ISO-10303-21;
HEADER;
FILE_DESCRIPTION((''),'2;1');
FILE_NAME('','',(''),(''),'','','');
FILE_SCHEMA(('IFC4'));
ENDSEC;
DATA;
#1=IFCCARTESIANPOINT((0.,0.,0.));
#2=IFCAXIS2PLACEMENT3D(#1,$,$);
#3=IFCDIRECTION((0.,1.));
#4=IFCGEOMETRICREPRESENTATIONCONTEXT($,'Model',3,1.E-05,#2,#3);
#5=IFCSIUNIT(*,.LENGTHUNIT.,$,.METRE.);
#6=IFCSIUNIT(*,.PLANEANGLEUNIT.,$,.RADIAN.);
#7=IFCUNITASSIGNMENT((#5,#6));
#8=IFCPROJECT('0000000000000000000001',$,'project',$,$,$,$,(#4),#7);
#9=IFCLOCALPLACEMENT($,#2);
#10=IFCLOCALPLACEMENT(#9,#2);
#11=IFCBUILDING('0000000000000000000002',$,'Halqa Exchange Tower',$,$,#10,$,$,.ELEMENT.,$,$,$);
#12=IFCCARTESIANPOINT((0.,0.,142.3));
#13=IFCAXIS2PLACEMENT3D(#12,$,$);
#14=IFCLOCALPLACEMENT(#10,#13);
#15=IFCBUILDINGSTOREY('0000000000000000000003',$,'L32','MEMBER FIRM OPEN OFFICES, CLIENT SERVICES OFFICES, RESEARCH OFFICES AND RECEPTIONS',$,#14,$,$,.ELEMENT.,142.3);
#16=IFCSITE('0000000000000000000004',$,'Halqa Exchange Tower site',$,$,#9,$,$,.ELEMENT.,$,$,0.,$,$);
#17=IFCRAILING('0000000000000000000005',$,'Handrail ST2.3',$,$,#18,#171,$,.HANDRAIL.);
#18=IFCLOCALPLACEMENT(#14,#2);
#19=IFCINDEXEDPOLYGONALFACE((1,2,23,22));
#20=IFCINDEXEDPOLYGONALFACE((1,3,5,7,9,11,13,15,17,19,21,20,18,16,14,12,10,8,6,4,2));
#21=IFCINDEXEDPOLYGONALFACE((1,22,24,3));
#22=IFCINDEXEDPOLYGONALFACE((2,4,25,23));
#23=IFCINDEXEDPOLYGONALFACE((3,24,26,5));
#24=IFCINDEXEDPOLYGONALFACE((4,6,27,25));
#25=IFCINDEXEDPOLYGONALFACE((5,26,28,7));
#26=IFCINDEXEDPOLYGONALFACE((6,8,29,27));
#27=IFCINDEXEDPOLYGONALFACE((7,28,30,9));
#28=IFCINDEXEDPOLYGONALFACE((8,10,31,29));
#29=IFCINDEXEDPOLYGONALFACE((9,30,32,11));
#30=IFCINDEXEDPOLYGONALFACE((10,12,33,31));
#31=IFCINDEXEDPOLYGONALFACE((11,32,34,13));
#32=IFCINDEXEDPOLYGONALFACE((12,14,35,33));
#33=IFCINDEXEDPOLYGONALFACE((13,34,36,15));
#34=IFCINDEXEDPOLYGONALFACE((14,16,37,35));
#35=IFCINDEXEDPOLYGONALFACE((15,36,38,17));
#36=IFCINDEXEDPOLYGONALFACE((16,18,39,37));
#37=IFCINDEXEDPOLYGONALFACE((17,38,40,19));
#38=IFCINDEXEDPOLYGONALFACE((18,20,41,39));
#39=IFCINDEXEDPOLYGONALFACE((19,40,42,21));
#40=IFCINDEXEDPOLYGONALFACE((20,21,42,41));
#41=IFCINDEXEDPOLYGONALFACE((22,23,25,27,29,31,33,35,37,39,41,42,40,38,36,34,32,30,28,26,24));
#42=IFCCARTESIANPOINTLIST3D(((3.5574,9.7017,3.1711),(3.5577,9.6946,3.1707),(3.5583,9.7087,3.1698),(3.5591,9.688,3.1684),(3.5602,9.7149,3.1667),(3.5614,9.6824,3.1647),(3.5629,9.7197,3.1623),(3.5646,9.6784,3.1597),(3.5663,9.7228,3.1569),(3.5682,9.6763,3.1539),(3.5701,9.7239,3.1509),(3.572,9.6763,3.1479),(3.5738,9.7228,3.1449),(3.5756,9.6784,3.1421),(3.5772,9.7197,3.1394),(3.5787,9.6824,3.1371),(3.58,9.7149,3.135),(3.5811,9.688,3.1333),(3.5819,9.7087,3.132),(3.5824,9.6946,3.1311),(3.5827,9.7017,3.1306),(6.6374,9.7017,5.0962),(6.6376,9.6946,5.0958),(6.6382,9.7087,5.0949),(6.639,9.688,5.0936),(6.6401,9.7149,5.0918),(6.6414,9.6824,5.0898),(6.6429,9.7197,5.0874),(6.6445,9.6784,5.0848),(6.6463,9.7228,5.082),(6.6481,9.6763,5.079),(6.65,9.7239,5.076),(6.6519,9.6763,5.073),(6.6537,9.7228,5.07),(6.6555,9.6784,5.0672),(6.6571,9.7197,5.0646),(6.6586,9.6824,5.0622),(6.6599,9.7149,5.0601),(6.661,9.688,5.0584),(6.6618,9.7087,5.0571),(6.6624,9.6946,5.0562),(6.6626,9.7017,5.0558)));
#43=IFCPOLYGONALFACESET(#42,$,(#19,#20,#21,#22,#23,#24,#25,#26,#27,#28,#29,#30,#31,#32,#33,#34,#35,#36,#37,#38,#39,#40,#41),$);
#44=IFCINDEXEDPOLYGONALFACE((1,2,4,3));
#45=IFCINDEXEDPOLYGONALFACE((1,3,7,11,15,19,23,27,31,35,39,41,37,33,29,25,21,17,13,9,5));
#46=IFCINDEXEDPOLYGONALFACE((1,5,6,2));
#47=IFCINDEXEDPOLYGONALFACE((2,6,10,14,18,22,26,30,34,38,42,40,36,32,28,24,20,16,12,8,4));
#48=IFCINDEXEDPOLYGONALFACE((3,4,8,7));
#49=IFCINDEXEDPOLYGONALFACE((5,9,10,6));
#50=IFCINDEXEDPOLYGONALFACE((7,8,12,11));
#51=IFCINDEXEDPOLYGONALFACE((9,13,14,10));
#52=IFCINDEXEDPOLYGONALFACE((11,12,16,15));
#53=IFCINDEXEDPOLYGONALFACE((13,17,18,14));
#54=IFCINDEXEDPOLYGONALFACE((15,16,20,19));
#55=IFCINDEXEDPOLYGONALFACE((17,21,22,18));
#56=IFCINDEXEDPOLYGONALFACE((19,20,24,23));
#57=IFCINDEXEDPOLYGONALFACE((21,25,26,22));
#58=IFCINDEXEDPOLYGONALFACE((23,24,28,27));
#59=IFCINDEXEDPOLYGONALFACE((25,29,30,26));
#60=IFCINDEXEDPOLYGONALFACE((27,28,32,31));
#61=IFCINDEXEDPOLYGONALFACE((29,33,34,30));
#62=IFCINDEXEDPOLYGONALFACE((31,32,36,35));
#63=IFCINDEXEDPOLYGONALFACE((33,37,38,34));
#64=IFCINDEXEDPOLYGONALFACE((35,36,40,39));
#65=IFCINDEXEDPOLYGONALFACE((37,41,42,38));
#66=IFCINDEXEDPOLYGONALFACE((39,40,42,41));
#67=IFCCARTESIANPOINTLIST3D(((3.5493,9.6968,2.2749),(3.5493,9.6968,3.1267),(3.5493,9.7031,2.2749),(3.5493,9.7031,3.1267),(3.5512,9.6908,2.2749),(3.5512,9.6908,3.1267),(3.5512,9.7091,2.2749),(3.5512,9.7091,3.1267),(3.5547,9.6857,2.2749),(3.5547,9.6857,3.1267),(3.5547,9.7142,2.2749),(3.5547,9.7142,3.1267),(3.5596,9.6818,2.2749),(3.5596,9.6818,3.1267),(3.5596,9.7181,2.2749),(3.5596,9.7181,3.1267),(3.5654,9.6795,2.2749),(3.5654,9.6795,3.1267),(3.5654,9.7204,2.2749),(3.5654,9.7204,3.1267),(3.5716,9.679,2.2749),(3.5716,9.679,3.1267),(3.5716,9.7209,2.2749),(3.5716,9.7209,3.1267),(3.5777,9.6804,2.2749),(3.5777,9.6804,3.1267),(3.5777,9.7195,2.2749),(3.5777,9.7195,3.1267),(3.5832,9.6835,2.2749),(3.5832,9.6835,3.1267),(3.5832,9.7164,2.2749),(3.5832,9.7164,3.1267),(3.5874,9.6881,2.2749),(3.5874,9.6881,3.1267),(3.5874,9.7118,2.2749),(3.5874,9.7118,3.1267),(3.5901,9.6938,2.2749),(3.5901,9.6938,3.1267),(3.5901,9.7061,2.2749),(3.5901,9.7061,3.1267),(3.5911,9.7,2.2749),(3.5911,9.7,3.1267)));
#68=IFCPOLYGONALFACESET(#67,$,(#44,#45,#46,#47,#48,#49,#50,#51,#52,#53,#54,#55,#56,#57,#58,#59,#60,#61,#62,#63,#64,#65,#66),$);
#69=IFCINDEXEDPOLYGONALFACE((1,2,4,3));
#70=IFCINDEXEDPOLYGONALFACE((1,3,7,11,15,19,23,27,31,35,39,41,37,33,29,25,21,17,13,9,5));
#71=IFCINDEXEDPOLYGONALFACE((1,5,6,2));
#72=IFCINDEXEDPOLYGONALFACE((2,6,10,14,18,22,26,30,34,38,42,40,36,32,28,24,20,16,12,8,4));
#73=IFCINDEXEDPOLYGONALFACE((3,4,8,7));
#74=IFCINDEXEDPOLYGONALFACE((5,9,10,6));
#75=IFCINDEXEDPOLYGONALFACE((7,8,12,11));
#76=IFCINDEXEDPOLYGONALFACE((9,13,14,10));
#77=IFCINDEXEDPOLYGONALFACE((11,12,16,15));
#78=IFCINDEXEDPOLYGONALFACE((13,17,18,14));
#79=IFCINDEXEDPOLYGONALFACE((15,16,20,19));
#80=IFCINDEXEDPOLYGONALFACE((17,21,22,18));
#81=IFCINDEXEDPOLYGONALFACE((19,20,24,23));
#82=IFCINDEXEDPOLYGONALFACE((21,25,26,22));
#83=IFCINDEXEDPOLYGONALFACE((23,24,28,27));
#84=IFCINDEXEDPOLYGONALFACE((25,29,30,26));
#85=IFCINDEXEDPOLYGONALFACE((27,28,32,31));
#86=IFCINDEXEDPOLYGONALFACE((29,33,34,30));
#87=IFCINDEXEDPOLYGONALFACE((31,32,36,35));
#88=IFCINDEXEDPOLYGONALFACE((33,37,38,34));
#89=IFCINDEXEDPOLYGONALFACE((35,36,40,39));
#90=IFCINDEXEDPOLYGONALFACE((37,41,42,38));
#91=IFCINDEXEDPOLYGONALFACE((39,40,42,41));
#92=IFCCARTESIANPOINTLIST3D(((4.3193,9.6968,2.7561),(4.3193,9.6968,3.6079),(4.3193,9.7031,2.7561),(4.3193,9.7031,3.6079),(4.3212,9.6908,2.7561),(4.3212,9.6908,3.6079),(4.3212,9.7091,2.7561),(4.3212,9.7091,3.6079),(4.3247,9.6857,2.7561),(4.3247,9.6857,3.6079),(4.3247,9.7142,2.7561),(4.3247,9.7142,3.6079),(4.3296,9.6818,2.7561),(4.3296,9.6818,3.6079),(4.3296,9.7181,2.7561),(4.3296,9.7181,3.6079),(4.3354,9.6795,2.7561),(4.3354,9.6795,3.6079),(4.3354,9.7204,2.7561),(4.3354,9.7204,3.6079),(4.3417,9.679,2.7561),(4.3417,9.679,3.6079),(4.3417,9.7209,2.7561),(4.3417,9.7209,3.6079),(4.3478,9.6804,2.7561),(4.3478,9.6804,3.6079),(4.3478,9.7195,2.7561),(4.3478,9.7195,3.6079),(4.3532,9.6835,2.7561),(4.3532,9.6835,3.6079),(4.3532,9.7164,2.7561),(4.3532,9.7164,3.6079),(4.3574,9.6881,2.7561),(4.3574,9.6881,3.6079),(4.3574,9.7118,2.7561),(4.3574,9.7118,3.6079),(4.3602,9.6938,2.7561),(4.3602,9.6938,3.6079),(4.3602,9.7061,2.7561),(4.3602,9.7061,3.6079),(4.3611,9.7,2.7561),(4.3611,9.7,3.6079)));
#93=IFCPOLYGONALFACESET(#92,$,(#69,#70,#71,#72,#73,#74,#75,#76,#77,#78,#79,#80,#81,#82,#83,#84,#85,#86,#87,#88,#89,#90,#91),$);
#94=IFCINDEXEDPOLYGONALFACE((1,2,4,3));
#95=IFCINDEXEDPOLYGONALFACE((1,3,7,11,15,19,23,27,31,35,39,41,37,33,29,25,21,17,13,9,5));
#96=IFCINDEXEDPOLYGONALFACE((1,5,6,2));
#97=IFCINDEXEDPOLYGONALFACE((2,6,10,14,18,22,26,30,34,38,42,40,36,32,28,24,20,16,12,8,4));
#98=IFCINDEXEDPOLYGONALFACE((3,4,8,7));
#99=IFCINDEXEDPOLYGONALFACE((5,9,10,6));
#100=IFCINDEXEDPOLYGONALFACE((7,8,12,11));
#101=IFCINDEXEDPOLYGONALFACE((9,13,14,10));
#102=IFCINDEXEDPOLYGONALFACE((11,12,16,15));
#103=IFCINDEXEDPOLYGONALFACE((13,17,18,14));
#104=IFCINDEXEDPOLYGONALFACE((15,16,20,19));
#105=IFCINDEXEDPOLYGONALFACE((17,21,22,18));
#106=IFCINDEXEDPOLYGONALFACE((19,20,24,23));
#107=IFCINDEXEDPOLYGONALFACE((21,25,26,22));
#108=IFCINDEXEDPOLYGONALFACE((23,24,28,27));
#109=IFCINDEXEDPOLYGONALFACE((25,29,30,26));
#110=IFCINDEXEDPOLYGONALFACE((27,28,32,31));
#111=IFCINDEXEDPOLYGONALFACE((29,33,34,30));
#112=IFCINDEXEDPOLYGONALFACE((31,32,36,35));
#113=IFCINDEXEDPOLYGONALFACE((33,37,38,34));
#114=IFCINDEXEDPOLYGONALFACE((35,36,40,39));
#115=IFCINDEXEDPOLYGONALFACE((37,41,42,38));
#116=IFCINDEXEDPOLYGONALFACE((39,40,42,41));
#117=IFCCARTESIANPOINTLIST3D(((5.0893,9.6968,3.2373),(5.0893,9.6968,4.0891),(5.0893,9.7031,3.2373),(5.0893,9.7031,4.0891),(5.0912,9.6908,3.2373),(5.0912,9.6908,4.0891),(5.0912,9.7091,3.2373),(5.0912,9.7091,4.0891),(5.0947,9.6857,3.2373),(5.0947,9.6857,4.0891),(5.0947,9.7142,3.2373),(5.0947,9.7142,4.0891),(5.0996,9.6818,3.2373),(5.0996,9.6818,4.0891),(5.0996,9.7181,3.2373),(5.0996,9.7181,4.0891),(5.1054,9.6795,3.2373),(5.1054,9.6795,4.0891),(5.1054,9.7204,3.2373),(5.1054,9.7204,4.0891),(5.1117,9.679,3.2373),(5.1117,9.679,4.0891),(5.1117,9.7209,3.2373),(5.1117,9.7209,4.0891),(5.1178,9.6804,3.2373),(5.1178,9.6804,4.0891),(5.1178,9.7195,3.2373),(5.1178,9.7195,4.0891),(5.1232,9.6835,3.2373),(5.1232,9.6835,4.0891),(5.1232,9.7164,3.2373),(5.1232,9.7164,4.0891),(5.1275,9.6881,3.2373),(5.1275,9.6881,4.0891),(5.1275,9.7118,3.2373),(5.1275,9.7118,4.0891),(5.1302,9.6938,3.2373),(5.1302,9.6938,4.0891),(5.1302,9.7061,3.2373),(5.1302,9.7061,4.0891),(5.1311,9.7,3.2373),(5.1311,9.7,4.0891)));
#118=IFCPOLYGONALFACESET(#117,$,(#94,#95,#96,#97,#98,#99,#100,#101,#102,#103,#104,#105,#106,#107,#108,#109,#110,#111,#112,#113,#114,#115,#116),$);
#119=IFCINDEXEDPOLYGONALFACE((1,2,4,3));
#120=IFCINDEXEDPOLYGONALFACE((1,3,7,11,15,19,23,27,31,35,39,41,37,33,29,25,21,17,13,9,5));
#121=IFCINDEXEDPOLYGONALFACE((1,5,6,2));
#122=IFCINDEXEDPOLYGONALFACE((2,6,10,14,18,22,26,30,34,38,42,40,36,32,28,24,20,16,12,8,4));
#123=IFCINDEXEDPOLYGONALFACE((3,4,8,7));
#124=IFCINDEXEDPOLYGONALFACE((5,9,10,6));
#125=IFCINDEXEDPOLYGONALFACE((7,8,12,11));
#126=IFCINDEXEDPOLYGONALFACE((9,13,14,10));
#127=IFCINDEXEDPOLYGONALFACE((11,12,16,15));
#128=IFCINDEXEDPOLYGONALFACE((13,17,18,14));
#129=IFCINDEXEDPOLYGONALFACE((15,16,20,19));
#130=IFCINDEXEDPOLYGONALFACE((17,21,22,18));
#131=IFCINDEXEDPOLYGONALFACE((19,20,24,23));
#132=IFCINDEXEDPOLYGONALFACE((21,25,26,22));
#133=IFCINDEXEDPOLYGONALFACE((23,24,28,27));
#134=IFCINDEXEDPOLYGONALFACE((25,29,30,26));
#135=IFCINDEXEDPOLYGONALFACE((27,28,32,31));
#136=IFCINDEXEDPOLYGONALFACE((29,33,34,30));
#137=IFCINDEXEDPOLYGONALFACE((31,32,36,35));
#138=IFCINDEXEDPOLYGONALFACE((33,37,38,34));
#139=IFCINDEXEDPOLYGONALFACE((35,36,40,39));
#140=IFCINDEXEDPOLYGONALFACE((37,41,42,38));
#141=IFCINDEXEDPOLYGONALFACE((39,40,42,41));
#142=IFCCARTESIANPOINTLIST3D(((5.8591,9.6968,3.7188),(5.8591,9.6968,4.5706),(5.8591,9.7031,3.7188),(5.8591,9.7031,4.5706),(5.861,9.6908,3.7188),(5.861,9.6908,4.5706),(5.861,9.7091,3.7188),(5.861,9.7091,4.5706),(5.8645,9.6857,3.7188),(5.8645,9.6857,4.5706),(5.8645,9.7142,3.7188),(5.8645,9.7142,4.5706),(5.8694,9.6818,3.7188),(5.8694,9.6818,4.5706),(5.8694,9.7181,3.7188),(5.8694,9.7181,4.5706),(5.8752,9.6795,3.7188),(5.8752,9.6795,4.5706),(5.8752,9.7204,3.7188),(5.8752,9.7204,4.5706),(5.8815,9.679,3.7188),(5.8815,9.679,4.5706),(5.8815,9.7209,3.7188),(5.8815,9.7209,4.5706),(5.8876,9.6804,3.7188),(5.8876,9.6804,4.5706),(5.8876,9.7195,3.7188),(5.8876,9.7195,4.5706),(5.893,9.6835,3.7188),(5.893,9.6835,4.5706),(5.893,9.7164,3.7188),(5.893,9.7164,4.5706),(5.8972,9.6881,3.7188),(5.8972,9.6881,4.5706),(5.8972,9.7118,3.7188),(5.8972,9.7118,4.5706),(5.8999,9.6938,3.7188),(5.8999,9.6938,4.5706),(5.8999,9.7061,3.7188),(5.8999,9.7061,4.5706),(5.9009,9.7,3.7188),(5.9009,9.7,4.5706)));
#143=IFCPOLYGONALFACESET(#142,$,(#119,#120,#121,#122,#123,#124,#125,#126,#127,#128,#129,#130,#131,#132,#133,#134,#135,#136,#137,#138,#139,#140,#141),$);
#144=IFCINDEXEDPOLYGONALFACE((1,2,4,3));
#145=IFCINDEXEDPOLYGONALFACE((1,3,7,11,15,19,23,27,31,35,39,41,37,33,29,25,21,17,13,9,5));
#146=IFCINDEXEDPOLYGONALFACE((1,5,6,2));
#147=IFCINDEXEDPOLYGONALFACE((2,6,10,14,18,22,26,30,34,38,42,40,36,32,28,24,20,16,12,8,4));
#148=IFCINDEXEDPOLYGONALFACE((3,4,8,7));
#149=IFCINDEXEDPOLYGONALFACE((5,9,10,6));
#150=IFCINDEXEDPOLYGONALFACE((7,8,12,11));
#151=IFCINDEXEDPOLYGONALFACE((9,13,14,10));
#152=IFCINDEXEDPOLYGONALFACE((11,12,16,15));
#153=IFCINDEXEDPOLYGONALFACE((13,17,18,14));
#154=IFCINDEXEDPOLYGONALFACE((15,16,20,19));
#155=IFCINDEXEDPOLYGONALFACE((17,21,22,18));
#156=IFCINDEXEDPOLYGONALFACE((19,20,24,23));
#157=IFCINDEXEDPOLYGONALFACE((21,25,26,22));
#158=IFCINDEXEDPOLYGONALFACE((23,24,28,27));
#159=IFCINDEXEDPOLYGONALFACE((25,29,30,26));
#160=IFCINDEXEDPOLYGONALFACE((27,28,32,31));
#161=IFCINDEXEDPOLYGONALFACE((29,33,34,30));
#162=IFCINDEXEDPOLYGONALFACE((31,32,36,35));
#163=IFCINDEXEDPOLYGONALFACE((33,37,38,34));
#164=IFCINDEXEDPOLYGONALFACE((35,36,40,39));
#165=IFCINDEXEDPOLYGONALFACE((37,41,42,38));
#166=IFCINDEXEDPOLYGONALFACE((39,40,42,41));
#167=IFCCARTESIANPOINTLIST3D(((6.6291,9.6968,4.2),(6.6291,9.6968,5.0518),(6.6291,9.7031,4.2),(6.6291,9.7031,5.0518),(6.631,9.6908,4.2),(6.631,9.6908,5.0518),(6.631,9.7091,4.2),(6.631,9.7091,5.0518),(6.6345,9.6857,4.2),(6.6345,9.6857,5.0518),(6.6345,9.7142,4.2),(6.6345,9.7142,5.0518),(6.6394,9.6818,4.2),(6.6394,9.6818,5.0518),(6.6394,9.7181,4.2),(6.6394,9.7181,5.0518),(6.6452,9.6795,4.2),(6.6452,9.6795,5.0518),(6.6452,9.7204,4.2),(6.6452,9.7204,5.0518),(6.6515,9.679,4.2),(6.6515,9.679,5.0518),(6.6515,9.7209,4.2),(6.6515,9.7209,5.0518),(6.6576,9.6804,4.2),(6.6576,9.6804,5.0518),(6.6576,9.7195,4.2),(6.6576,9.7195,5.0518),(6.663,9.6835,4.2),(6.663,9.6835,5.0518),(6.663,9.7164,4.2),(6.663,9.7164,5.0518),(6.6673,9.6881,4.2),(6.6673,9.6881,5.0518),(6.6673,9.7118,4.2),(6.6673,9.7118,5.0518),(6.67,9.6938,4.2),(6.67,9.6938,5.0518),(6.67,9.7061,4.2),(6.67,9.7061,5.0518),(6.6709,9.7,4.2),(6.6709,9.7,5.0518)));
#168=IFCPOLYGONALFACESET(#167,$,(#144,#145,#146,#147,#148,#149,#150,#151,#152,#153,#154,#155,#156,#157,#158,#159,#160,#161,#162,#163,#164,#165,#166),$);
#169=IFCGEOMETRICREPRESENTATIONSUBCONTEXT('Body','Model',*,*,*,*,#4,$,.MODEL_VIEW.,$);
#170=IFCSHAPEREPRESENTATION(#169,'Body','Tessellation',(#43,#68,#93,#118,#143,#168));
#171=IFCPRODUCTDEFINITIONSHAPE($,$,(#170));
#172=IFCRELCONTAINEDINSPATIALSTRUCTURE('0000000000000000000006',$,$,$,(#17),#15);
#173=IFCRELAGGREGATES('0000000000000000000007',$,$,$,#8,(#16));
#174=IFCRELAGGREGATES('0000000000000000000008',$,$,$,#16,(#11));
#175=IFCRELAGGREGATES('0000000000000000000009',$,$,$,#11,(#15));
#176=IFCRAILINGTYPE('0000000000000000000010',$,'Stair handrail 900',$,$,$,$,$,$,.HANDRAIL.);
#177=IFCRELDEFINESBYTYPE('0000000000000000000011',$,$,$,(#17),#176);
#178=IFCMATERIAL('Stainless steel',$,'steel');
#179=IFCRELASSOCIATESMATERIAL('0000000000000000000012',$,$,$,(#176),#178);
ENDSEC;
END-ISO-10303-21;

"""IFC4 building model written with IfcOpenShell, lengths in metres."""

from ifc_helpers import new_model, si_unit, direction, frame, origin, origin_2d, place, context, subcontext, project, spatial, circle, extrude, material, type_object, element, save


model = new_model("IFC4")

# Units and contexts
model_context = context("Model", 3, precision=1e-05, world=origin(), true_north=direction((0.0, 1.0)))
body_context = subcontext(model_context, "Body", "Model", "MODEL_VIEW")
ifc_project = project(units=[si_unit("LENGTHUNIT", "METRE"), si_unit("PLANEANGLEUNIT", "RADIAN")], contexts=[model_context])

# Site, building, storey
site_placement = place(None, origin())
site = spatial("IfcSite", under=ifc_project, at=site_placement, Name="Halqa Exchange Tower site", CompositionType="ELEMENT", RefElevation=0.0)
building_placement = place(site_placement, origin())
building = spatial("IfcBuilding", under=site, at=building_placement, Name="Halqa Exchange Tower", CompositionType="ELEMENT")
storey_placement = place(building_placement, frame((0.0, 0.0, 142.3)))
storey = spatial("IfcBuildingStorey", under=building, at=storey_placement, Name="L32", Description="MEMBER FIRM OPEN OFFICES, CLIENT SERVICES OFFICES, RESEARCH OFFICES AND RECEPTIONS", CompositionType="ELEMENT", Elevation=142.3)

# Railing
ifc_material_1 = material(Name="Stainless steel", Category="steel")
railing_type_1 = type_object("IfcRailingType", Name="Stair handrail 900", PredefinedType="HANDRAIL", material=ifc_material_1)
railing_1_placement = place(storey_placement, frame((3.5701, 9.7, 2.2749)))
element("IfcRailing", 1, at=railing_1_placement, inside=storey, type_object=railing_type_1, Name="Handrail ST2.3", PredefinedType="HANDRAIL", context=body_context, shape_type="SweptSolid", body=[
    extrude(circle(Radius=0.0239, at=origin_2d()), frame((0.0, 0.0, 0.876), z_axis=(0.847979, 0.0, 0.530029), x_axis=(0.0, 1.0, 0.0)), (0.0, 0.0, 1.0), 3.6321),
    extrude(circle(Radius=0.021, at=origin_2d()), origin(), (0.0, 0.0, 1.0), 0.8518),
    extrude(circle(Radius=0.021, at=origin_2d()), frame((0.77, 0.0, 0.4812)), (0.0, 0.0, 1.0), 0.8518),
    extrude(circle(Radius=0.021, at=origin_2d()), frame((1.54, 0.0, 0.9624)), (0.0, 0.0, 1.0), 0.8518),
    extrude(circle(Radius=0.021, at=origin_2d()), frame((2.3098, 0.0, 1.4438)), (0.0, 0.0, 1.0), 0.8518),
    extrude(circle(Radius=0.021, at=origin_2d()), frame((3.0798, 0.0, 1.925)), (0.0, 0.0, 1.0), 0.8518),
])

save(model, "model.ifc")
